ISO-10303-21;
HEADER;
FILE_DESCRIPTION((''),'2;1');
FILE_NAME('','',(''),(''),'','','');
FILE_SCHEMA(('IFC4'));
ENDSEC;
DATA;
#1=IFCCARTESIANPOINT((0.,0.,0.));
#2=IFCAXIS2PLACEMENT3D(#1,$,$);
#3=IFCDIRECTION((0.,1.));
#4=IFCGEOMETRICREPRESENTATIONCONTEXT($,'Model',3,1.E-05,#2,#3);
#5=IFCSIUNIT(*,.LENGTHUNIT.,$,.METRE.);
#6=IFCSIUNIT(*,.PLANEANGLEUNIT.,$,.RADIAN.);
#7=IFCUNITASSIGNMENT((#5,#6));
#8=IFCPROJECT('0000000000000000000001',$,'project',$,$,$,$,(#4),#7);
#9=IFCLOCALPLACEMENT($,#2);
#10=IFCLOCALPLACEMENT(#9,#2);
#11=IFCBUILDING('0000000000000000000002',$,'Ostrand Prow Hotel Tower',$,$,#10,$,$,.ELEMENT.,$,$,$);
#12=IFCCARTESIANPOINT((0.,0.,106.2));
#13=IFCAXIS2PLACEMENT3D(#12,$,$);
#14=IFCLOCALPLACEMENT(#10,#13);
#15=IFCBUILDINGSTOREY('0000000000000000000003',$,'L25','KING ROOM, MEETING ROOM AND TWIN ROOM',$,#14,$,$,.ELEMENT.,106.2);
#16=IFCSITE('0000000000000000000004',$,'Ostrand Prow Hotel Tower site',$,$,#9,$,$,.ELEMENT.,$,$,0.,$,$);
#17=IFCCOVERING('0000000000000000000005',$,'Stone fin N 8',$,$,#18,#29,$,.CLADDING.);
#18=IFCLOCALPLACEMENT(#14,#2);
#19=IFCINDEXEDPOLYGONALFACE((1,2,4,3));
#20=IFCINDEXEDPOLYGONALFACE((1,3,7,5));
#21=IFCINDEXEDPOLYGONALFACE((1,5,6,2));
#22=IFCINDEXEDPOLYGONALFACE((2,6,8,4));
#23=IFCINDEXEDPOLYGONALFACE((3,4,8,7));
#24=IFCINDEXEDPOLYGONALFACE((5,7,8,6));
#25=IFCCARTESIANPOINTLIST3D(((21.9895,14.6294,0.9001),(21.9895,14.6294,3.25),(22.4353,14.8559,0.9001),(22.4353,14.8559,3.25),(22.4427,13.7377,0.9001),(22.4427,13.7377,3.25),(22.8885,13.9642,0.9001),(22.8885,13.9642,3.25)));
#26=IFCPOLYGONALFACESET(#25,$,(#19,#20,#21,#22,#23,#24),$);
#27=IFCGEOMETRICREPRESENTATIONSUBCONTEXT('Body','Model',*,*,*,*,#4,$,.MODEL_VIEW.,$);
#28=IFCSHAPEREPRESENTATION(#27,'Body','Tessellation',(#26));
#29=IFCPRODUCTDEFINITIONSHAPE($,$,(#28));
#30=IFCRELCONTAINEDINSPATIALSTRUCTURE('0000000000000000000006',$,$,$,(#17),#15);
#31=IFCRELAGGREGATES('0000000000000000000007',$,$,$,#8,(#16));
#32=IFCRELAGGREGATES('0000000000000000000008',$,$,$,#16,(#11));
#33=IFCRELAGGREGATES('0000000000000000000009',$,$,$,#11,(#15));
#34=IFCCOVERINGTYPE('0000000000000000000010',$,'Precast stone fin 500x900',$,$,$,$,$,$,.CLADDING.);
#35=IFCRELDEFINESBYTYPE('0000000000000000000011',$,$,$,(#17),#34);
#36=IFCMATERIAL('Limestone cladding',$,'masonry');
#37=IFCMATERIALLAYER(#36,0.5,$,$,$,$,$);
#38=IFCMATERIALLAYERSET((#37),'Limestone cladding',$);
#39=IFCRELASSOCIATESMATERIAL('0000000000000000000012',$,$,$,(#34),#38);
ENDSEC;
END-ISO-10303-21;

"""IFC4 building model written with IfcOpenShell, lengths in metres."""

from ifc_helpers import new_model, si_unit, direction, frame, frame_2d, origin, place, context, subcontext, project, spatial, rectangle, extrude, material, layer, layer_set, type_object, element, save


model = new_model("IFC4")

# Units and contexts
model_context = context("Model", 3, precision=1e-05, world=origin(), true_north=direction((0.0, 1.0)))
body_context = subcontext(model_context, "Body", "Model", "MODEL_VIEW")
ifc_project = project(units=[si_unit("LENGTHUNIT", "METRE"), si_unit("PLANEANGLEUNIT", "RADIAN")], contexts=[model_context])

# Site, building, storey
site_placement = place(None, origin())
site = spatial("IfcSite", under=ifc_project, at=site_placement, Name="Ostrand Prow Hotel Tower site", CompositionType="ELEMENT", RefElevation=0.0)
building_placement = place(site_placement, origin())
building = spatial("IfcBuilding", under=site, at=building_placement, Name="Ostrand Prow Hotel Tower", CompositionType="ELEMENT")
storey_placement = place(building_placement, frame((0.0, 0.0, 106.2)))
storey = spatial("IfcBuildingStorey", under=building, at=storey_placement, Name="L25", Description="KING ROOM, MEETING ROOM AND TWIN ROOM", CompositionType="ELEMENT", Elevation=106.2)

# Covering
ifc_material_1 = material(Name="Limestone cladding", Category="masonry")
ifc_layer_1 = layer(ifc_material_1, 0.5)
ifc_layer_set_1 = layer_set([ifc_layer_1], Name="Limestone cladding")
covering_type = type_object("IfcCoveringType", Name="Precast stone fin 500x900", PredefinedType="CLADDING", material=ifc_layer_set_1)
covering_placement = place(storey_placement, frame((22.6655, 13.8511, 0.9001), z_axis=(0.0, 0.0, 1.0), x_axis=(-0.453063, 0.891479, 0.0)))
element("IfcCovering", 1, at=covering_placement, inside=storey, type_object=covering_type, Name="Stone fin N 8", PredefinedType="CLADDING", context=body_context, shape_type="SweptSolid", body=[
    extrude(rectangle(XDim=1.0002, YDim=0.5, at=frame_2d((0.5, 0.0))), origin(), (0.0, 0.0, 1.0), 2.3499),
])

save(model, "model.ifc")
